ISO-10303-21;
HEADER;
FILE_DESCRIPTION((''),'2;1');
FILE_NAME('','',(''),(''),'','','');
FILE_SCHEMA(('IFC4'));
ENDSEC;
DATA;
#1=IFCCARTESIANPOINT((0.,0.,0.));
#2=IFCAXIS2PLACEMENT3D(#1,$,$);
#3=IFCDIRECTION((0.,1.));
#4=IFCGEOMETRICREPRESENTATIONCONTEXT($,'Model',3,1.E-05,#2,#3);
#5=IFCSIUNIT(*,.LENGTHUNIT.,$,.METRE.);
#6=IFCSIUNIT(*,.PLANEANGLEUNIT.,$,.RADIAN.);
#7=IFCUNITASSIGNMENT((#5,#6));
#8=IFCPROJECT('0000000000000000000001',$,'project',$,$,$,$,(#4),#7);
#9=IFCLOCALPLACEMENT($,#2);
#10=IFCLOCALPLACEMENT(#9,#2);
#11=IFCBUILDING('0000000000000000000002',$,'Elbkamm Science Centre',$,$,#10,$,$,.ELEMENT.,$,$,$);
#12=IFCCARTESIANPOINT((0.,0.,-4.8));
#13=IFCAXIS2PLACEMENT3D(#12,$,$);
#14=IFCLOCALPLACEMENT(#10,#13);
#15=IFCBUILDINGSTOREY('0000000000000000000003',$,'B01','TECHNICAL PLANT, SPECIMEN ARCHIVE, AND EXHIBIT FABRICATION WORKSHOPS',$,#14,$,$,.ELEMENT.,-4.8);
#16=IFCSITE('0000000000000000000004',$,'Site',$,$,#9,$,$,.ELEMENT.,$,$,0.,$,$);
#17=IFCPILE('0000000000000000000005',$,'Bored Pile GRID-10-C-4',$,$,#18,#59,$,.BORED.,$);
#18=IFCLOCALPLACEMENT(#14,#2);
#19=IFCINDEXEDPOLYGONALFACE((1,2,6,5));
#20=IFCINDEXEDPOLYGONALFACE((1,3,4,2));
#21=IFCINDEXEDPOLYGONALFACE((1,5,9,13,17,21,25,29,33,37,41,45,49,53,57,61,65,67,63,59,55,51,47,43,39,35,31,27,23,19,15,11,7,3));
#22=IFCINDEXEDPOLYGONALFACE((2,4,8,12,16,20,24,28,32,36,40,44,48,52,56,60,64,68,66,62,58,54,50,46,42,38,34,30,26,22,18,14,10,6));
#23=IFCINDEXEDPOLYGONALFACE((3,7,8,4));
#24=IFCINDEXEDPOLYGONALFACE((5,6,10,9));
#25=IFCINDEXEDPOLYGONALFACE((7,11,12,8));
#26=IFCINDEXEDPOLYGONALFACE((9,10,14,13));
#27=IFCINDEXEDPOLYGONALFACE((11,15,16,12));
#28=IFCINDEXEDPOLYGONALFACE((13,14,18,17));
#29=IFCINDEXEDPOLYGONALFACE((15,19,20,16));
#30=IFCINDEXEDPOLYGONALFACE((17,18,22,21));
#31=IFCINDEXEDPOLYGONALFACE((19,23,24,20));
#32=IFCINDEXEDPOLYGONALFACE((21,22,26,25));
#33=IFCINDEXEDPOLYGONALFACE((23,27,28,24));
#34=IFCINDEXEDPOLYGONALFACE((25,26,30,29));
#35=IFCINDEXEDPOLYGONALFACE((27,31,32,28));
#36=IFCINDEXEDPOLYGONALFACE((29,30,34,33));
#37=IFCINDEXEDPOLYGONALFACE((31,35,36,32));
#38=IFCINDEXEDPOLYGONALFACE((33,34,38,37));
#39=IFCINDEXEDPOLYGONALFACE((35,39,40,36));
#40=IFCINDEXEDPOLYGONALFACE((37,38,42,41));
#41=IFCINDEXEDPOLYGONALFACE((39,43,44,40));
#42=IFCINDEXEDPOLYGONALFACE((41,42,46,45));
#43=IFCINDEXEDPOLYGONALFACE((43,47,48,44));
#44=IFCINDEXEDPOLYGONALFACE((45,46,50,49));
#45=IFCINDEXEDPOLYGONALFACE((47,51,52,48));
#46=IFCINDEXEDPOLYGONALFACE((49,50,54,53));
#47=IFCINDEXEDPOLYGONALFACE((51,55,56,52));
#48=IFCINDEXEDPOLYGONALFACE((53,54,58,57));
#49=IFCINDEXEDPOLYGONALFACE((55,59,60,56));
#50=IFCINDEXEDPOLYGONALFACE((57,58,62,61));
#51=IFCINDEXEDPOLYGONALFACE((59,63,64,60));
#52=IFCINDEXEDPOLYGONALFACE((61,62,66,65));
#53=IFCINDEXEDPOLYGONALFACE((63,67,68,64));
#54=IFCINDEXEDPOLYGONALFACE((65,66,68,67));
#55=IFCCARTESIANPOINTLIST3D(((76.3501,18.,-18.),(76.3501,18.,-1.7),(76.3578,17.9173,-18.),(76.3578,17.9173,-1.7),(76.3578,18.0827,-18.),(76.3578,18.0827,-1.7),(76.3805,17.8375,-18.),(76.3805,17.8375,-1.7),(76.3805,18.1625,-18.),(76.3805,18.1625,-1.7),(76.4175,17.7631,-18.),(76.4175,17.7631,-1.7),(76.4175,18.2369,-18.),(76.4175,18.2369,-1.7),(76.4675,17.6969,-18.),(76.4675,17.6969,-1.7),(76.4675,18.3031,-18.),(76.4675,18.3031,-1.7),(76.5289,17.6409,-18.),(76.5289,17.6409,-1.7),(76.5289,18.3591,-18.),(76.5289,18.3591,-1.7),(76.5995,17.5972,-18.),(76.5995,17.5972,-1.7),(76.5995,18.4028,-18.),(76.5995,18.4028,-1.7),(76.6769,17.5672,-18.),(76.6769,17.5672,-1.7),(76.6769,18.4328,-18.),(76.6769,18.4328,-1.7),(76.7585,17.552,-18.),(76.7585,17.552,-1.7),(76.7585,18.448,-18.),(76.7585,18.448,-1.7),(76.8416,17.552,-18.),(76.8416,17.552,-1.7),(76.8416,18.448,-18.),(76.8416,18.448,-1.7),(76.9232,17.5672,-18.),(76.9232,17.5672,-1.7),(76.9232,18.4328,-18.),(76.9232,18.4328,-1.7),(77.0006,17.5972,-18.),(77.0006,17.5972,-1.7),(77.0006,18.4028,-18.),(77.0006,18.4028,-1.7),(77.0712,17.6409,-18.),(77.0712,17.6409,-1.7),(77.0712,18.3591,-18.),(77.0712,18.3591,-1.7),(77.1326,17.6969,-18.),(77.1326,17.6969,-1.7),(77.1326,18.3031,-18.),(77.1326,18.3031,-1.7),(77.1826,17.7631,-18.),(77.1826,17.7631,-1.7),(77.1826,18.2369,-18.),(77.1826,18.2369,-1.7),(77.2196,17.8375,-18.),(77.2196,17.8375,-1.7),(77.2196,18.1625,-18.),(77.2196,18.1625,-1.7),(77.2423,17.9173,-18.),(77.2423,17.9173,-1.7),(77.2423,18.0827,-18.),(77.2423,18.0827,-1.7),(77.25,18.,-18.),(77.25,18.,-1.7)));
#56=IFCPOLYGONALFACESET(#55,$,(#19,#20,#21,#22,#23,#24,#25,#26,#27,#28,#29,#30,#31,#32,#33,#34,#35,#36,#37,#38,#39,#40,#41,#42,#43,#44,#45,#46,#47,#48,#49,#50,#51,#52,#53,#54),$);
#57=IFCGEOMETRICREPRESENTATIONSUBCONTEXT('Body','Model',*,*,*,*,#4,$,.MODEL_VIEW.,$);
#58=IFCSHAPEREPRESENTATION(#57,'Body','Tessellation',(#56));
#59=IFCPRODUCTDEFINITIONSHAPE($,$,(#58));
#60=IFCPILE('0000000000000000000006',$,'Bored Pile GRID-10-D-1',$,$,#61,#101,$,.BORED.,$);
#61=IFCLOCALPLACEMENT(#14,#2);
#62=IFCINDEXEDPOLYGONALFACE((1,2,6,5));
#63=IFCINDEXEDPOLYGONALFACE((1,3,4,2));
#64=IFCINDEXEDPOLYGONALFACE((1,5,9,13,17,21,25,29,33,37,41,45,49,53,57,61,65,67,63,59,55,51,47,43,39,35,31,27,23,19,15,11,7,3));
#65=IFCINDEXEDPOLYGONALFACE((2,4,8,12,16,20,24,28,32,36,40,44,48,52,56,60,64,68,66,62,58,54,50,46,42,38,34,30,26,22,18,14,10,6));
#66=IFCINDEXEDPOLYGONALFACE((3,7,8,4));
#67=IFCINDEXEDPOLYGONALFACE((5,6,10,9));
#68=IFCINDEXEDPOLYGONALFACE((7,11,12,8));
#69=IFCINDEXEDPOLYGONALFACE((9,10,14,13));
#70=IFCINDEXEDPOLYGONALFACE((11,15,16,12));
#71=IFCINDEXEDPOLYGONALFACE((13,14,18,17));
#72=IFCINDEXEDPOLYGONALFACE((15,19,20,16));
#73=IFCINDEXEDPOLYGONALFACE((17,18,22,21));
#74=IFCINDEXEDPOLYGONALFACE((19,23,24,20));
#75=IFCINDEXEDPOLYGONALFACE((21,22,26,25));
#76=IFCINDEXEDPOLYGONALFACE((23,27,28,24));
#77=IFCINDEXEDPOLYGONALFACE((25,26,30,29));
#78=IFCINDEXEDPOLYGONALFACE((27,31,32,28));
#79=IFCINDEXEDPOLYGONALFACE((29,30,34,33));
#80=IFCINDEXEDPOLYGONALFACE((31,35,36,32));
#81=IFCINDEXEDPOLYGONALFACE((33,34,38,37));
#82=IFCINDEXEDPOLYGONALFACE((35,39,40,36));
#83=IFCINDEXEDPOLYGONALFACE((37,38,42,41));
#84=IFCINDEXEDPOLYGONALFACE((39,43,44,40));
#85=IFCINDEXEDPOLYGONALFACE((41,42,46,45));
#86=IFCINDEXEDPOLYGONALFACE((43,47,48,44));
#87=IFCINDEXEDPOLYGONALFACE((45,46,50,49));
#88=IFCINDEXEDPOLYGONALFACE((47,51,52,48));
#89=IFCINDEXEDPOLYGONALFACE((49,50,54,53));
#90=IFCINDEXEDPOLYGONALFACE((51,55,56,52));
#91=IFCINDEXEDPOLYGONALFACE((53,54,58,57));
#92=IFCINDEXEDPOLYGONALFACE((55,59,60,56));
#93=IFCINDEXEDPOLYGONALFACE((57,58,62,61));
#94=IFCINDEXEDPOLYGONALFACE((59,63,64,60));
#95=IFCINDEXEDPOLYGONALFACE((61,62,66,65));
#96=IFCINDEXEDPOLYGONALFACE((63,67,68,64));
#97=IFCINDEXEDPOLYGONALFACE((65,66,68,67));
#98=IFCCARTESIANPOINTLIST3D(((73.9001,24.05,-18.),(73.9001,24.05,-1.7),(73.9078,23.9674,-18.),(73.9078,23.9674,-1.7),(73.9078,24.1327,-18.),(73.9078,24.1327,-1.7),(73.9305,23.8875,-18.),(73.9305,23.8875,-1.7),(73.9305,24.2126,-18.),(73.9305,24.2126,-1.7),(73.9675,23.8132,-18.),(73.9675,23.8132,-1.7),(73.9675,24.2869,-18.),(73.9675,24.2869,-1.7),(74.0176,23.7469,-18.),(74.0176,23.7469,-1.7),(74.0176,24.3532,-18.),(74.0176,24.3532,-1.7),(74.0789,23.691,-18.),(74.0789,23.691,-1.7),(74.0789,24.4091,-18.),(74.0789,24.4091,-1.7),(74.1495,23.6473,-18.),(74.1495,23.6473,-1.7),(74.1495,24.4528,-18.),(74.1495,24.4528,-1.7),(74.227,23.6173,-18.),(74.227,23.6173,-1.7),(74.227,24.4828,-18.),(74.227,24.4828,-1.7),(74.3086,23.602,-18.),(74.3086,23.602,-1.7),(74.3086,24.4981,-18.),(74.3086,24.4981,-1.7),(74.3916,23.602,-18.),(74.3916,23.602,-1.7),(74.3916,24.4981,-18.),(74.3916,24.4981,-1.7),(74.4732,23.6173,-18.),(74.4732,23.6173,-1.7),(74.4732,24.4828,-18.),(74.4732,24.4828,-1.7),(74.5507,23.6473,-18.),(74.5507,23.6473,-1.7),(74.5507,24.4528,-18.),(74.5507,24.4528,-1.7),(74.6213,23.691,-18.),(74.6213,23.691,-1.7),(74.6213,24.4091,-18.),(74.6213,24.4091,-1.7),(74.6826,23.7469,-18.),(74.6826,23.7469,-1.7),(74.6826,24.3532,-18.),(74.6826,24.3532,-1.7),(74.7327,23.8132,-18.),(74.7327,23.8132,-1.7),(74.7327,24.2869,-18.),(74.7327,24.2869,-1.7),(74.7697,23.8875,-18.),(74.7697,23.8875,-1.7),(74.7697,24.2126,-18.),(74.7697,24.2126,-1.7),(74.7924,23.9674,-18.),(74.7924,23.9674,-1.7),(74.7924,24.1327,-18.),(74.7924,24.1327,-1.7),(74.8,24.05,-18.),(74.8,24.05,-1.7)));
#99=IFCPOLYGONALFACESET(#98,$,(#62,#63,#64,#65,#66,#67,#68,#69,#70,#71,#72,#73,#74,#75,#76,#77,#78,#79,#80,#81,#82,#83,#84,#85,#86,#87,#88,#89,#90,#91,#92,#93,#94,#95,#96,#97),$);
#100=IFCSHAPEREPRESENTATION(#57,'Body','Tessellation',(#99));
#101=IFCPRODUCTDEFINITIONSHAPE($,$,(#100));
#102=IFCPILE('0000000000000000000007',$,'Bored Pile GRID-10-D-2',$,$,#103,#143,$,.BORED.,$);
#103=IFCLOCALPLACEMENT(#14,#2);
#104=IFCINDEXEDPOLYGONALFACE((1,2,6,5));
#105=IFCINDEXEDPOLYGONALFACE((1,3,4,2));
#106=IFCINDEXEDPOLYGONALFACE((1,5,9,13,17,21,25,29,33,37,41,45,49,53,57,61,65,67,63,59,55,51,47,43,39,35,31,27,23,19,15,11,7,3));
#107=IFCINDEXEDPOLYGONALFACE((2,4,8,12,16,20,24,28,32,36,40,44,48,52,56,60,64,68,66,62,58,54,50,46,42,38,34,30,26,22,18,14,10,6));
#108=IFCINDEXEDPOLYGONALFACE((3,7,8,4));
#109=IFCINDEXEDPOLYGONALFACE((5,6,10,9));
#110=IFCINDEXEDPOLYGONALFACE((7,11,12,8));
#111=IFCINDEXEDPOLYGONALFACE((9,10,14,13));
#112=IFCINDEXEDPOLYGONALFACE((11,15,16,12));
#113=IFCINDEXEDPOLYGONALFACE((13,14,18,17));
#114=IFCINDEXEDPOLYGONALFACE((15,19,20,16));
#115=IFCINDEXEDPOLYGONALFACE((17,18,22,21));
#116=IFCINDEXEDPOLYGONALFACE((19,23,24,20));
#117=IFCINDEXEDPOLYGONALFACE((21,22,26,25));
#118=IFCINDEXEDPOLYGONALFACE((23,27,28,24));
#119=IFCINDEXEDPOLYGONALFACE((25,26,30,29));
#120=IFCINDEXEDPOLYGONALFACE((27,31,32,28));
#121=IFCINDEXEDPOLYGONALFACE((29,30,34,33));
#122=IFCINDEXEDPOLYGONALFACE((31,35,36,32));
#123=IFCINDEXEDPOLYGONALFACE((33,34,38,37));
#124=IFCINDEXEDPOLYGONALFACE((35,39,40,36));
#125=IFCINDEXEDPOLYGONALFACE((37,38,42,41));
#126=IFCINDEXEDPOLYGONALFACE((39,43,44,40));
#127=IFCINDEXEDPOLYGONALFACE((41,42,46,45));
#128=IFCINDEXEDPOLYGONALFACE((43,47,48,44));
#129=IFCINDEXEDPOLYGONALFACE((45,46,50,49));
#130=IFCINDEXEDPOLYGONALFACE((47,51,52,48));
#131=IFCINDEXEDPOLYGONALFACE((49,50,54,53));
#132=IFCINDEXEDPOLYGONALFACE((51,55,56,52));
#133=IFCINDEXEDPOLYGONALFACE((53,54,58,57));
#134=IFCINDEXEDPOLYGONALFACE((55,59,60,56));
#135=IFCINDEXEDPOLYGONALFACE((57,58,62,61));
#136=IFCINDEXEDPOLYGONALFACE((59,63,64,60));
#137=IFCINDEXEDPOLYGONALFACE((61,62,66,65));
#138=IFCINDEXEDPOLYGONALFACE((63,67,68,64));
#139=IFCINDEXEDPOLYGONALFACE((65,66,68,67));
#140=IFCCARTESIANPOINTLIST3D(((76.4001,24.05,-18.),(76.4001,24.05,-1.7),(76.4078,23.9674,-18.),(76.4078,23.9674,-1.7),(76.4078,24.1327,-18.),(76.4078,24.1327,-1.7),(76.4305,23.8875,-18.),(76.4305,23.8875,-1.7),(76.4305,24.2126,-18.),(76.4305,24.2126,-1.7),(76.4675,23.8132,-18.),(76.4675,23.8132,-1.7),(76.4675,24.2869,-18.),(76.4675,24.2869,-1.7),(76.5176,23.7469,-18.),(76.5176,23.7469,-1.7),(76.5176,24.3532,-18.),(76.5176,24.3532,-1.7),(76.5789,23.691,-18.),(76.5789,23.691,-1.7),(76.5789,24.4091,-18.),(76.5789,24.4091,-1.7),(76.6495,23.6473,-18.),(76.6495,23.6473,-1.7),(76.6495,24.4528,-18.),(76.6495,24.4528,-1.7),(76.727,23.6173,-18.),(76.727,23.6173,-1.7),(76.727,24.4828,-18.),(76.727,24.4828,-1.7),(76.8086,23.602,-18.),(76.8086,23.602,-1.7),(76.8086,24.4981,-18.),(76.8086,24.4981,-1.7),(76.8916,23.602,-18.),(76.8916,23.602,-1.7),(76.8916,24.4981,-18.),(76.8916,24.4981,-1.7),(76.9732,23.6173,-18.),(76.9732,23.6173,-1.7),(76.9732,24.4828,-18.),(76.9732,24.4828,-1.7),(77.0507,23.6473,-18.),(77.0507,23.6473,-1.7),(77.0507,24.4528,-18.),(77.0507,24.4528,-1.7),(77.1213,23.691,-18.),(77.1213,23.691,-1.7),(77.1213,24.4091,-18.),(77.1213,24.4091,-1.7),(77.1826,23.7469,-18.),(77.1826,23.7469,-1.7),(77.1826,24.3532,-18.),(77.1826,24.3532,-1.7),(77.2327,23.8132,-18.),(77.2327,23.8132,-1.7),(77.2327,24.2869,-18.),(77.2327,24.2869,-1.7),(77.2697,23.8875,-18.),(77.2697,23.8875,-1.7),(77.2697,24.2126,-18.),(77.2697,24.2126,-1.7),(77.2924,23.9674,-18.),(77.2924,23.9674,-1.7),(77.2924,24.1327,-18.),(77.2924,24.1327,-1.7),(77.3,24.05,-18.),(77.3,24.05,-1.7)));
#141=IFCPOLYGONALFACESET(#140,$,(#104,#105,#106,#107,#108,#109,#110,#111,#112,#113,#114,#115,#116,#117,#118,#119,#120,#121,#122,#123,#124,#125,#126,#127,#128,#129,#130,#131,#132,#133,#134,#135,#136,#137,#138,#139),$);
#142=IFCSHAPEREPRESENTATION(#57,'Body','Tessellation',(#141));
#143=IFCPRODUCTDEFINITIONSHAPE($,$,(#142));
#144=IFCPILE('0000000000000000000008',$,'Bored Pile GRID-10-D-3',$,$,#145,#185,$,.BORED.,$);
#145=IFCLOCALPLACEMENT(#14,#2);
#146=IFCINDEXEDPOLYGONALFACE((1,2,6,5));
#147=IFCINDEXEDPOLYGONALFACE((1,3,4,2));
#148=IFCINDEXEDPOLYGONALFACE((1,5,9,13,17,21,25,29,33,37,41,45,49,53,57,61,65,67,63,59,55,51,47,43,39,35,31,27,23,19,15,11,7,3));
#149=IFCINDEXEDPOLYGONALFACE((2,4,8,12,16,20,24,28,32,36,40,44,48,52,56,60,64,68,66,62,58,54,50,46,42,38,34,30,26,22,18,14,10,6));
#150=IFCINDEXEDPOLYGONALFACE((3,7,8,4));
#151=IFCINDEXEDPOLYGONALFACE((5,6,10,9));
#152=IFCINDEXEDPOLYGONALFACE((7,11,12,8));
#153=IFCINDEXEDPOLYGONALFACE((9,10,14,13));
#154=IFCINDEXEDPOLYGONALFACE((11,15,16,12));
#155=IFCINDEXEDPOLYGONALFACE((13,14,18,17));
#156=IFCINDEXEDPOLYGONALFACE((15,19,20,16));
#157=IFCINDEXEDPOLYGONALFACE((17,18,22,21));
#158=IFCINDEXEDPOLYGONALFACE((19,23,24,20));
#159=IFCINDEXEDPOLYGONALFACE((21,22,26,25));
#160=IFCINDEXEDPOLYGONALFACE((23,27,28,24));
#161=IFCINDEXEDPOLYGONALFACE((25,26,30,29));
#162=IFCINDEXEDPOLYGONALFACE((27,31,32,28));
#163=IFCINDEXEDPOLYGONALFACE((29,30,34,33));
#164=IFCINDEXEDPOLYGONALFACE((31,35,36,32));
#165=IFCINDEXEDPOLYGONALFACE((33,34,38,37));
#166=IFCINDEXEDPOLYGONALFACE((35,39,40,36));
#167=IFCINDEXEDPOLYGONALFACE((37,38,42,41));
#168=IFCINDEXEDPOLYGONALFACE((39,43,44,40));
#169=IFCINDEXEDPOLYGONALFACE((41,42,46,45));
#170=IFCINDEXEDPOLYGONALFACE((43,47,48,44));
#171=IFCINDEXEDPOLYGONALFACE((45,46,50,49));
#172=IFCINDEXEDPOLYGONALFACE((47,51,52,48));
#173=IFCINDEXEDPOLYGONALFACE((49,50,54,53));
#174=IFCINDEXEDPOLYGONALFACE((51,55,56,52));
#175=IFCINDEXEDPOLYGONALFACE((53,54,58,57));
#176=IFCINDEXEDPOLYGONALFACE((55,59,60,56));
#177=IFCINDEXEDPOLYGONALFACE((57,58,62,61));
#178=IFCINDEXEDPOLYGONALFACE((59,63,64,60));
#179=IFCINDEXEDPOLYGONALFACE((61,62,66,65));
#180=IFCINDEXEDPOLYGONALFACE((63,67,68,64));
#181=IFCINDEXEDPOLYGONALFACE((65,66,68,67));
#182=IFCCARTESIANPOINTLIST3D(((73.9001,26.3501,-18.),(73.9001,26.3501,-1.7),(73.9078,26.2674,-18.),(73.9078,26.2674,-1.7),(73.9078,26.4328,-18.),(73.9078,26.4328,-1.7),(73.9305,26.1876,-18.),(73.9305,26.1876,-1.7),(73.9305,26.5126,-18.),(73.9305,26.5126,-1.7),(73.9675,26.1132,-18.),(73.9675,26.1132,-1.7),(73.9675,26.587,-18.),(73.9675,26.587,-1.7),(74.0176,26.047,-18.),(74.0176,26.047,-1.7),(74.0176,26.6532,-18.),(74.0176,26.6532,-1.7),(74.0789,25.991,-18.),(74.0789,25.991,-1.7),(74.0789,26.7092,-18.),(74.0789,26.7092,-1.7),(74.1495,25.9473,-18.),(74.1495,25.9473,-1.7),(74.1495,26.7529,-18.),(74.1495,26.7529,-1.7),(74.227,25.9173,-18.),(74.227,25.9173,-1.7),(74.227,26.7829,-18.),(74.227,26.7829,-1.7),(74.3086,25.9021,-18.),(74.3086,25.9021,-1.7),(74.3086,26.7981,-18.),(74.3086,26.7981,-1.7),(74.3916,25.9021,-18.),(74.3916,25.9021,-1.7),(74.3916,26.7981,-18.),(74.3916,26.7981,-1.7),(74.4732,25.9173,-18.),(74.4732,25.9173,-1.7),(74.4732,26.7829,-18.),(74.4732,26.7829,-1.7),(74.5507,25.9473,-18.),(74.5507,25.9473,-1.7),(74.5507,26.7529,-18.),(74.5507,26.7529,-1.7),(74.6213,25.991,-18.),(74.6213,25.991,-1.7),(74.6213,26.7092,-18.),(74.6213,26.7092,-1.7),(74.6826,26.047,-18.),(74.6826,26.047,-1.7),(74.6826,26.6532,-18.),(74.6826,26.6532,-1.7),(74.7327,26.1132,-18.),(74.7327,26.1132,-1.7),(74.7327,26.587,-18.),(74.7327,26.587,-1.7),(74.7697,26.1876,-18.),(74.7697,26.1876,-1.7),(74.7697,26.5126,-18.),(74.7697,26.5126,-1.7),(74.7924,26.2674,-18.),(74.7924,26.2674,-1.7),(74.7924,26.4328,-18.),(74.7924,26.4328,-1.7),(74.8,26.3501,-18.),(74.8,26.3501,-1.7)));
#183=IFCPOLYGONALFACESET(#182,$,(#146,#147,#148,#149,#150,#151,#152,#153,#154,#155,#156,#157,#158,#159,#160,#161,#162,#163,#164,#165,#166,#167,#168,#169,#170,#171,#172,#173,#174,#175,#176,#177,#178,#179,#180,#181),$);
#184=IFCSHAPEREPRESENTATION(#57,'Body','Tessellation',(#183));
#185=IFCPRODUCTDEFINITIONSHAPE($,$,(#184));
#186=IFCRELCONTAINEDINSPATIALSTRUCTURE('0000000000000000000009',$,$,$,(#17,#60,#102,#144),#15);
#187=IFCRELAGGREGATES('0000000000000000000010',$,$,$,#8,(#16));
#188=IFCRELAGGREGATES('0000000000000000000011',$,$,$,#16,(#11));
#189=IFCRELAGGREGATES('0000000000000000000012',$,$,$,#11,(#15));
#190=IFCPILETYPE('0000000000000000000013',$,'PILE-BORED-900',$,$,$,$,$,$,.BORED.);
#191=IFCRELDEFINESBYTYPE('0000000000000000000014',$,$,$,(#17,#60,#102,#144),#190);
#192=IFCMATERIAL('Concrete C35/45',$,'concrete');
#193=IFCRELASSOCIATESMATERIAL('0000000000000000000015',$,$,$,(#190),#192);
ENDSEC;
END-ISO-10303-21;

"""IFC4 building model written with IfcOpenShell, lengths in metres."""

from ifc_helpers import new_model, si_unit, direction, frame, origin, origin_2d, place, context, subcontext, project, spatial, circle, extrude, material, material_profile, profile_set, type_object, element, save


model = new_model("IFC4")

# Units and contexts
model_context = context("Model", 3, precision=1e-05, world=origin(), true_north=direction((0.0, 1.0)))
body_context = subcontext(model_context, "Body", "Model", "MODEL_VIEW")
ifc_project = project(units=[si_unit("LENGTHUNIT", "METRE"), si_unit("PLANEANGLEUNIT", "RADIAN")], contexts=[model_context])

# Site, building, storey
site_placement = place(None, origin())
site = spatial("IfcSite", under=ifc_project, at=site_placement, Name="Site", CompositionType="ELEMENT", RefElevation=0.0)
building_placement = place(site_placement, origin())
building = spatial("IfcBuilding", under=site, at=building_placement, Name="Elbkamm Science Centre", CompositionType="ELEMENT")
storey_placement = place(building_placement, frame((0.0, 0.0, -4.8)))
storey = spatial("IfcBuildingStorey", under=building, at=storey_placement, Name="B01", Description="TECHNICAL PLANT, SPECIMEN ARCHIVE, AND EXHIBIT FABRICATION WORKSHOPS", CompositionType="ELEMENT", Elevation=-4.8)

# Shared definitions
ifc_material_1 = material(Name="Concrete C35/45", Category="concrete")

# Piles
ifc_material_profile_1 = material_profile(ifc_material_1, circle(Radius=0.45, at=origin_2d()), Name="PILE D900")
ifc_profile_set_1 = profile_set([ifc_material_profile_1], Name="Concrete C35/45")
pile_type = type_object("IfcPileType", Name="PILE-BORED-900", PredefinedType="BORED", material=ifc_profile_set_1)
for number, where, z_axis, x_axis, name in (
    (1, (76.8, 18.0, -1.7), (0.0, 0.0, -1.0), (1.0, 0.0, 0.0), "Bored Pile GRID-10-C-4"),
    (2, (74.3501, 24.05, -1.7), (0.0, 0.0, -1.0), (1.0, 0.0, 0.0), "Bored Pile GRID-10-D-1"),
    (3, (76.8501, 24.05, -1.7), (0.0, 0.0, -1.0), (1.0, 0.0, 0.0), "Bored Pile GRID-10-D-2"),
    (4, (74.3501, 26.3501, -1.7), (0.0, 0.0, -1.0), (1.0, 0.0, 0.0), "Bored Pile GRID-10-D-3"),
):
    element("IfcPile", number, at=place(storey_placement, frame(where, z_axis=z_axis, x_axis=x_axis)), inside=storey, type_object=pile_type, Name=name, PredefinedType="BORED", context=body_context, shape_type="SweptSolid", body=[
        extrude(circle(Radius=0.45, at=origin_2d()), origin(), (0.0, 0.0, 1.0), 16.3),
    ])

save(model, "model.ifc")
